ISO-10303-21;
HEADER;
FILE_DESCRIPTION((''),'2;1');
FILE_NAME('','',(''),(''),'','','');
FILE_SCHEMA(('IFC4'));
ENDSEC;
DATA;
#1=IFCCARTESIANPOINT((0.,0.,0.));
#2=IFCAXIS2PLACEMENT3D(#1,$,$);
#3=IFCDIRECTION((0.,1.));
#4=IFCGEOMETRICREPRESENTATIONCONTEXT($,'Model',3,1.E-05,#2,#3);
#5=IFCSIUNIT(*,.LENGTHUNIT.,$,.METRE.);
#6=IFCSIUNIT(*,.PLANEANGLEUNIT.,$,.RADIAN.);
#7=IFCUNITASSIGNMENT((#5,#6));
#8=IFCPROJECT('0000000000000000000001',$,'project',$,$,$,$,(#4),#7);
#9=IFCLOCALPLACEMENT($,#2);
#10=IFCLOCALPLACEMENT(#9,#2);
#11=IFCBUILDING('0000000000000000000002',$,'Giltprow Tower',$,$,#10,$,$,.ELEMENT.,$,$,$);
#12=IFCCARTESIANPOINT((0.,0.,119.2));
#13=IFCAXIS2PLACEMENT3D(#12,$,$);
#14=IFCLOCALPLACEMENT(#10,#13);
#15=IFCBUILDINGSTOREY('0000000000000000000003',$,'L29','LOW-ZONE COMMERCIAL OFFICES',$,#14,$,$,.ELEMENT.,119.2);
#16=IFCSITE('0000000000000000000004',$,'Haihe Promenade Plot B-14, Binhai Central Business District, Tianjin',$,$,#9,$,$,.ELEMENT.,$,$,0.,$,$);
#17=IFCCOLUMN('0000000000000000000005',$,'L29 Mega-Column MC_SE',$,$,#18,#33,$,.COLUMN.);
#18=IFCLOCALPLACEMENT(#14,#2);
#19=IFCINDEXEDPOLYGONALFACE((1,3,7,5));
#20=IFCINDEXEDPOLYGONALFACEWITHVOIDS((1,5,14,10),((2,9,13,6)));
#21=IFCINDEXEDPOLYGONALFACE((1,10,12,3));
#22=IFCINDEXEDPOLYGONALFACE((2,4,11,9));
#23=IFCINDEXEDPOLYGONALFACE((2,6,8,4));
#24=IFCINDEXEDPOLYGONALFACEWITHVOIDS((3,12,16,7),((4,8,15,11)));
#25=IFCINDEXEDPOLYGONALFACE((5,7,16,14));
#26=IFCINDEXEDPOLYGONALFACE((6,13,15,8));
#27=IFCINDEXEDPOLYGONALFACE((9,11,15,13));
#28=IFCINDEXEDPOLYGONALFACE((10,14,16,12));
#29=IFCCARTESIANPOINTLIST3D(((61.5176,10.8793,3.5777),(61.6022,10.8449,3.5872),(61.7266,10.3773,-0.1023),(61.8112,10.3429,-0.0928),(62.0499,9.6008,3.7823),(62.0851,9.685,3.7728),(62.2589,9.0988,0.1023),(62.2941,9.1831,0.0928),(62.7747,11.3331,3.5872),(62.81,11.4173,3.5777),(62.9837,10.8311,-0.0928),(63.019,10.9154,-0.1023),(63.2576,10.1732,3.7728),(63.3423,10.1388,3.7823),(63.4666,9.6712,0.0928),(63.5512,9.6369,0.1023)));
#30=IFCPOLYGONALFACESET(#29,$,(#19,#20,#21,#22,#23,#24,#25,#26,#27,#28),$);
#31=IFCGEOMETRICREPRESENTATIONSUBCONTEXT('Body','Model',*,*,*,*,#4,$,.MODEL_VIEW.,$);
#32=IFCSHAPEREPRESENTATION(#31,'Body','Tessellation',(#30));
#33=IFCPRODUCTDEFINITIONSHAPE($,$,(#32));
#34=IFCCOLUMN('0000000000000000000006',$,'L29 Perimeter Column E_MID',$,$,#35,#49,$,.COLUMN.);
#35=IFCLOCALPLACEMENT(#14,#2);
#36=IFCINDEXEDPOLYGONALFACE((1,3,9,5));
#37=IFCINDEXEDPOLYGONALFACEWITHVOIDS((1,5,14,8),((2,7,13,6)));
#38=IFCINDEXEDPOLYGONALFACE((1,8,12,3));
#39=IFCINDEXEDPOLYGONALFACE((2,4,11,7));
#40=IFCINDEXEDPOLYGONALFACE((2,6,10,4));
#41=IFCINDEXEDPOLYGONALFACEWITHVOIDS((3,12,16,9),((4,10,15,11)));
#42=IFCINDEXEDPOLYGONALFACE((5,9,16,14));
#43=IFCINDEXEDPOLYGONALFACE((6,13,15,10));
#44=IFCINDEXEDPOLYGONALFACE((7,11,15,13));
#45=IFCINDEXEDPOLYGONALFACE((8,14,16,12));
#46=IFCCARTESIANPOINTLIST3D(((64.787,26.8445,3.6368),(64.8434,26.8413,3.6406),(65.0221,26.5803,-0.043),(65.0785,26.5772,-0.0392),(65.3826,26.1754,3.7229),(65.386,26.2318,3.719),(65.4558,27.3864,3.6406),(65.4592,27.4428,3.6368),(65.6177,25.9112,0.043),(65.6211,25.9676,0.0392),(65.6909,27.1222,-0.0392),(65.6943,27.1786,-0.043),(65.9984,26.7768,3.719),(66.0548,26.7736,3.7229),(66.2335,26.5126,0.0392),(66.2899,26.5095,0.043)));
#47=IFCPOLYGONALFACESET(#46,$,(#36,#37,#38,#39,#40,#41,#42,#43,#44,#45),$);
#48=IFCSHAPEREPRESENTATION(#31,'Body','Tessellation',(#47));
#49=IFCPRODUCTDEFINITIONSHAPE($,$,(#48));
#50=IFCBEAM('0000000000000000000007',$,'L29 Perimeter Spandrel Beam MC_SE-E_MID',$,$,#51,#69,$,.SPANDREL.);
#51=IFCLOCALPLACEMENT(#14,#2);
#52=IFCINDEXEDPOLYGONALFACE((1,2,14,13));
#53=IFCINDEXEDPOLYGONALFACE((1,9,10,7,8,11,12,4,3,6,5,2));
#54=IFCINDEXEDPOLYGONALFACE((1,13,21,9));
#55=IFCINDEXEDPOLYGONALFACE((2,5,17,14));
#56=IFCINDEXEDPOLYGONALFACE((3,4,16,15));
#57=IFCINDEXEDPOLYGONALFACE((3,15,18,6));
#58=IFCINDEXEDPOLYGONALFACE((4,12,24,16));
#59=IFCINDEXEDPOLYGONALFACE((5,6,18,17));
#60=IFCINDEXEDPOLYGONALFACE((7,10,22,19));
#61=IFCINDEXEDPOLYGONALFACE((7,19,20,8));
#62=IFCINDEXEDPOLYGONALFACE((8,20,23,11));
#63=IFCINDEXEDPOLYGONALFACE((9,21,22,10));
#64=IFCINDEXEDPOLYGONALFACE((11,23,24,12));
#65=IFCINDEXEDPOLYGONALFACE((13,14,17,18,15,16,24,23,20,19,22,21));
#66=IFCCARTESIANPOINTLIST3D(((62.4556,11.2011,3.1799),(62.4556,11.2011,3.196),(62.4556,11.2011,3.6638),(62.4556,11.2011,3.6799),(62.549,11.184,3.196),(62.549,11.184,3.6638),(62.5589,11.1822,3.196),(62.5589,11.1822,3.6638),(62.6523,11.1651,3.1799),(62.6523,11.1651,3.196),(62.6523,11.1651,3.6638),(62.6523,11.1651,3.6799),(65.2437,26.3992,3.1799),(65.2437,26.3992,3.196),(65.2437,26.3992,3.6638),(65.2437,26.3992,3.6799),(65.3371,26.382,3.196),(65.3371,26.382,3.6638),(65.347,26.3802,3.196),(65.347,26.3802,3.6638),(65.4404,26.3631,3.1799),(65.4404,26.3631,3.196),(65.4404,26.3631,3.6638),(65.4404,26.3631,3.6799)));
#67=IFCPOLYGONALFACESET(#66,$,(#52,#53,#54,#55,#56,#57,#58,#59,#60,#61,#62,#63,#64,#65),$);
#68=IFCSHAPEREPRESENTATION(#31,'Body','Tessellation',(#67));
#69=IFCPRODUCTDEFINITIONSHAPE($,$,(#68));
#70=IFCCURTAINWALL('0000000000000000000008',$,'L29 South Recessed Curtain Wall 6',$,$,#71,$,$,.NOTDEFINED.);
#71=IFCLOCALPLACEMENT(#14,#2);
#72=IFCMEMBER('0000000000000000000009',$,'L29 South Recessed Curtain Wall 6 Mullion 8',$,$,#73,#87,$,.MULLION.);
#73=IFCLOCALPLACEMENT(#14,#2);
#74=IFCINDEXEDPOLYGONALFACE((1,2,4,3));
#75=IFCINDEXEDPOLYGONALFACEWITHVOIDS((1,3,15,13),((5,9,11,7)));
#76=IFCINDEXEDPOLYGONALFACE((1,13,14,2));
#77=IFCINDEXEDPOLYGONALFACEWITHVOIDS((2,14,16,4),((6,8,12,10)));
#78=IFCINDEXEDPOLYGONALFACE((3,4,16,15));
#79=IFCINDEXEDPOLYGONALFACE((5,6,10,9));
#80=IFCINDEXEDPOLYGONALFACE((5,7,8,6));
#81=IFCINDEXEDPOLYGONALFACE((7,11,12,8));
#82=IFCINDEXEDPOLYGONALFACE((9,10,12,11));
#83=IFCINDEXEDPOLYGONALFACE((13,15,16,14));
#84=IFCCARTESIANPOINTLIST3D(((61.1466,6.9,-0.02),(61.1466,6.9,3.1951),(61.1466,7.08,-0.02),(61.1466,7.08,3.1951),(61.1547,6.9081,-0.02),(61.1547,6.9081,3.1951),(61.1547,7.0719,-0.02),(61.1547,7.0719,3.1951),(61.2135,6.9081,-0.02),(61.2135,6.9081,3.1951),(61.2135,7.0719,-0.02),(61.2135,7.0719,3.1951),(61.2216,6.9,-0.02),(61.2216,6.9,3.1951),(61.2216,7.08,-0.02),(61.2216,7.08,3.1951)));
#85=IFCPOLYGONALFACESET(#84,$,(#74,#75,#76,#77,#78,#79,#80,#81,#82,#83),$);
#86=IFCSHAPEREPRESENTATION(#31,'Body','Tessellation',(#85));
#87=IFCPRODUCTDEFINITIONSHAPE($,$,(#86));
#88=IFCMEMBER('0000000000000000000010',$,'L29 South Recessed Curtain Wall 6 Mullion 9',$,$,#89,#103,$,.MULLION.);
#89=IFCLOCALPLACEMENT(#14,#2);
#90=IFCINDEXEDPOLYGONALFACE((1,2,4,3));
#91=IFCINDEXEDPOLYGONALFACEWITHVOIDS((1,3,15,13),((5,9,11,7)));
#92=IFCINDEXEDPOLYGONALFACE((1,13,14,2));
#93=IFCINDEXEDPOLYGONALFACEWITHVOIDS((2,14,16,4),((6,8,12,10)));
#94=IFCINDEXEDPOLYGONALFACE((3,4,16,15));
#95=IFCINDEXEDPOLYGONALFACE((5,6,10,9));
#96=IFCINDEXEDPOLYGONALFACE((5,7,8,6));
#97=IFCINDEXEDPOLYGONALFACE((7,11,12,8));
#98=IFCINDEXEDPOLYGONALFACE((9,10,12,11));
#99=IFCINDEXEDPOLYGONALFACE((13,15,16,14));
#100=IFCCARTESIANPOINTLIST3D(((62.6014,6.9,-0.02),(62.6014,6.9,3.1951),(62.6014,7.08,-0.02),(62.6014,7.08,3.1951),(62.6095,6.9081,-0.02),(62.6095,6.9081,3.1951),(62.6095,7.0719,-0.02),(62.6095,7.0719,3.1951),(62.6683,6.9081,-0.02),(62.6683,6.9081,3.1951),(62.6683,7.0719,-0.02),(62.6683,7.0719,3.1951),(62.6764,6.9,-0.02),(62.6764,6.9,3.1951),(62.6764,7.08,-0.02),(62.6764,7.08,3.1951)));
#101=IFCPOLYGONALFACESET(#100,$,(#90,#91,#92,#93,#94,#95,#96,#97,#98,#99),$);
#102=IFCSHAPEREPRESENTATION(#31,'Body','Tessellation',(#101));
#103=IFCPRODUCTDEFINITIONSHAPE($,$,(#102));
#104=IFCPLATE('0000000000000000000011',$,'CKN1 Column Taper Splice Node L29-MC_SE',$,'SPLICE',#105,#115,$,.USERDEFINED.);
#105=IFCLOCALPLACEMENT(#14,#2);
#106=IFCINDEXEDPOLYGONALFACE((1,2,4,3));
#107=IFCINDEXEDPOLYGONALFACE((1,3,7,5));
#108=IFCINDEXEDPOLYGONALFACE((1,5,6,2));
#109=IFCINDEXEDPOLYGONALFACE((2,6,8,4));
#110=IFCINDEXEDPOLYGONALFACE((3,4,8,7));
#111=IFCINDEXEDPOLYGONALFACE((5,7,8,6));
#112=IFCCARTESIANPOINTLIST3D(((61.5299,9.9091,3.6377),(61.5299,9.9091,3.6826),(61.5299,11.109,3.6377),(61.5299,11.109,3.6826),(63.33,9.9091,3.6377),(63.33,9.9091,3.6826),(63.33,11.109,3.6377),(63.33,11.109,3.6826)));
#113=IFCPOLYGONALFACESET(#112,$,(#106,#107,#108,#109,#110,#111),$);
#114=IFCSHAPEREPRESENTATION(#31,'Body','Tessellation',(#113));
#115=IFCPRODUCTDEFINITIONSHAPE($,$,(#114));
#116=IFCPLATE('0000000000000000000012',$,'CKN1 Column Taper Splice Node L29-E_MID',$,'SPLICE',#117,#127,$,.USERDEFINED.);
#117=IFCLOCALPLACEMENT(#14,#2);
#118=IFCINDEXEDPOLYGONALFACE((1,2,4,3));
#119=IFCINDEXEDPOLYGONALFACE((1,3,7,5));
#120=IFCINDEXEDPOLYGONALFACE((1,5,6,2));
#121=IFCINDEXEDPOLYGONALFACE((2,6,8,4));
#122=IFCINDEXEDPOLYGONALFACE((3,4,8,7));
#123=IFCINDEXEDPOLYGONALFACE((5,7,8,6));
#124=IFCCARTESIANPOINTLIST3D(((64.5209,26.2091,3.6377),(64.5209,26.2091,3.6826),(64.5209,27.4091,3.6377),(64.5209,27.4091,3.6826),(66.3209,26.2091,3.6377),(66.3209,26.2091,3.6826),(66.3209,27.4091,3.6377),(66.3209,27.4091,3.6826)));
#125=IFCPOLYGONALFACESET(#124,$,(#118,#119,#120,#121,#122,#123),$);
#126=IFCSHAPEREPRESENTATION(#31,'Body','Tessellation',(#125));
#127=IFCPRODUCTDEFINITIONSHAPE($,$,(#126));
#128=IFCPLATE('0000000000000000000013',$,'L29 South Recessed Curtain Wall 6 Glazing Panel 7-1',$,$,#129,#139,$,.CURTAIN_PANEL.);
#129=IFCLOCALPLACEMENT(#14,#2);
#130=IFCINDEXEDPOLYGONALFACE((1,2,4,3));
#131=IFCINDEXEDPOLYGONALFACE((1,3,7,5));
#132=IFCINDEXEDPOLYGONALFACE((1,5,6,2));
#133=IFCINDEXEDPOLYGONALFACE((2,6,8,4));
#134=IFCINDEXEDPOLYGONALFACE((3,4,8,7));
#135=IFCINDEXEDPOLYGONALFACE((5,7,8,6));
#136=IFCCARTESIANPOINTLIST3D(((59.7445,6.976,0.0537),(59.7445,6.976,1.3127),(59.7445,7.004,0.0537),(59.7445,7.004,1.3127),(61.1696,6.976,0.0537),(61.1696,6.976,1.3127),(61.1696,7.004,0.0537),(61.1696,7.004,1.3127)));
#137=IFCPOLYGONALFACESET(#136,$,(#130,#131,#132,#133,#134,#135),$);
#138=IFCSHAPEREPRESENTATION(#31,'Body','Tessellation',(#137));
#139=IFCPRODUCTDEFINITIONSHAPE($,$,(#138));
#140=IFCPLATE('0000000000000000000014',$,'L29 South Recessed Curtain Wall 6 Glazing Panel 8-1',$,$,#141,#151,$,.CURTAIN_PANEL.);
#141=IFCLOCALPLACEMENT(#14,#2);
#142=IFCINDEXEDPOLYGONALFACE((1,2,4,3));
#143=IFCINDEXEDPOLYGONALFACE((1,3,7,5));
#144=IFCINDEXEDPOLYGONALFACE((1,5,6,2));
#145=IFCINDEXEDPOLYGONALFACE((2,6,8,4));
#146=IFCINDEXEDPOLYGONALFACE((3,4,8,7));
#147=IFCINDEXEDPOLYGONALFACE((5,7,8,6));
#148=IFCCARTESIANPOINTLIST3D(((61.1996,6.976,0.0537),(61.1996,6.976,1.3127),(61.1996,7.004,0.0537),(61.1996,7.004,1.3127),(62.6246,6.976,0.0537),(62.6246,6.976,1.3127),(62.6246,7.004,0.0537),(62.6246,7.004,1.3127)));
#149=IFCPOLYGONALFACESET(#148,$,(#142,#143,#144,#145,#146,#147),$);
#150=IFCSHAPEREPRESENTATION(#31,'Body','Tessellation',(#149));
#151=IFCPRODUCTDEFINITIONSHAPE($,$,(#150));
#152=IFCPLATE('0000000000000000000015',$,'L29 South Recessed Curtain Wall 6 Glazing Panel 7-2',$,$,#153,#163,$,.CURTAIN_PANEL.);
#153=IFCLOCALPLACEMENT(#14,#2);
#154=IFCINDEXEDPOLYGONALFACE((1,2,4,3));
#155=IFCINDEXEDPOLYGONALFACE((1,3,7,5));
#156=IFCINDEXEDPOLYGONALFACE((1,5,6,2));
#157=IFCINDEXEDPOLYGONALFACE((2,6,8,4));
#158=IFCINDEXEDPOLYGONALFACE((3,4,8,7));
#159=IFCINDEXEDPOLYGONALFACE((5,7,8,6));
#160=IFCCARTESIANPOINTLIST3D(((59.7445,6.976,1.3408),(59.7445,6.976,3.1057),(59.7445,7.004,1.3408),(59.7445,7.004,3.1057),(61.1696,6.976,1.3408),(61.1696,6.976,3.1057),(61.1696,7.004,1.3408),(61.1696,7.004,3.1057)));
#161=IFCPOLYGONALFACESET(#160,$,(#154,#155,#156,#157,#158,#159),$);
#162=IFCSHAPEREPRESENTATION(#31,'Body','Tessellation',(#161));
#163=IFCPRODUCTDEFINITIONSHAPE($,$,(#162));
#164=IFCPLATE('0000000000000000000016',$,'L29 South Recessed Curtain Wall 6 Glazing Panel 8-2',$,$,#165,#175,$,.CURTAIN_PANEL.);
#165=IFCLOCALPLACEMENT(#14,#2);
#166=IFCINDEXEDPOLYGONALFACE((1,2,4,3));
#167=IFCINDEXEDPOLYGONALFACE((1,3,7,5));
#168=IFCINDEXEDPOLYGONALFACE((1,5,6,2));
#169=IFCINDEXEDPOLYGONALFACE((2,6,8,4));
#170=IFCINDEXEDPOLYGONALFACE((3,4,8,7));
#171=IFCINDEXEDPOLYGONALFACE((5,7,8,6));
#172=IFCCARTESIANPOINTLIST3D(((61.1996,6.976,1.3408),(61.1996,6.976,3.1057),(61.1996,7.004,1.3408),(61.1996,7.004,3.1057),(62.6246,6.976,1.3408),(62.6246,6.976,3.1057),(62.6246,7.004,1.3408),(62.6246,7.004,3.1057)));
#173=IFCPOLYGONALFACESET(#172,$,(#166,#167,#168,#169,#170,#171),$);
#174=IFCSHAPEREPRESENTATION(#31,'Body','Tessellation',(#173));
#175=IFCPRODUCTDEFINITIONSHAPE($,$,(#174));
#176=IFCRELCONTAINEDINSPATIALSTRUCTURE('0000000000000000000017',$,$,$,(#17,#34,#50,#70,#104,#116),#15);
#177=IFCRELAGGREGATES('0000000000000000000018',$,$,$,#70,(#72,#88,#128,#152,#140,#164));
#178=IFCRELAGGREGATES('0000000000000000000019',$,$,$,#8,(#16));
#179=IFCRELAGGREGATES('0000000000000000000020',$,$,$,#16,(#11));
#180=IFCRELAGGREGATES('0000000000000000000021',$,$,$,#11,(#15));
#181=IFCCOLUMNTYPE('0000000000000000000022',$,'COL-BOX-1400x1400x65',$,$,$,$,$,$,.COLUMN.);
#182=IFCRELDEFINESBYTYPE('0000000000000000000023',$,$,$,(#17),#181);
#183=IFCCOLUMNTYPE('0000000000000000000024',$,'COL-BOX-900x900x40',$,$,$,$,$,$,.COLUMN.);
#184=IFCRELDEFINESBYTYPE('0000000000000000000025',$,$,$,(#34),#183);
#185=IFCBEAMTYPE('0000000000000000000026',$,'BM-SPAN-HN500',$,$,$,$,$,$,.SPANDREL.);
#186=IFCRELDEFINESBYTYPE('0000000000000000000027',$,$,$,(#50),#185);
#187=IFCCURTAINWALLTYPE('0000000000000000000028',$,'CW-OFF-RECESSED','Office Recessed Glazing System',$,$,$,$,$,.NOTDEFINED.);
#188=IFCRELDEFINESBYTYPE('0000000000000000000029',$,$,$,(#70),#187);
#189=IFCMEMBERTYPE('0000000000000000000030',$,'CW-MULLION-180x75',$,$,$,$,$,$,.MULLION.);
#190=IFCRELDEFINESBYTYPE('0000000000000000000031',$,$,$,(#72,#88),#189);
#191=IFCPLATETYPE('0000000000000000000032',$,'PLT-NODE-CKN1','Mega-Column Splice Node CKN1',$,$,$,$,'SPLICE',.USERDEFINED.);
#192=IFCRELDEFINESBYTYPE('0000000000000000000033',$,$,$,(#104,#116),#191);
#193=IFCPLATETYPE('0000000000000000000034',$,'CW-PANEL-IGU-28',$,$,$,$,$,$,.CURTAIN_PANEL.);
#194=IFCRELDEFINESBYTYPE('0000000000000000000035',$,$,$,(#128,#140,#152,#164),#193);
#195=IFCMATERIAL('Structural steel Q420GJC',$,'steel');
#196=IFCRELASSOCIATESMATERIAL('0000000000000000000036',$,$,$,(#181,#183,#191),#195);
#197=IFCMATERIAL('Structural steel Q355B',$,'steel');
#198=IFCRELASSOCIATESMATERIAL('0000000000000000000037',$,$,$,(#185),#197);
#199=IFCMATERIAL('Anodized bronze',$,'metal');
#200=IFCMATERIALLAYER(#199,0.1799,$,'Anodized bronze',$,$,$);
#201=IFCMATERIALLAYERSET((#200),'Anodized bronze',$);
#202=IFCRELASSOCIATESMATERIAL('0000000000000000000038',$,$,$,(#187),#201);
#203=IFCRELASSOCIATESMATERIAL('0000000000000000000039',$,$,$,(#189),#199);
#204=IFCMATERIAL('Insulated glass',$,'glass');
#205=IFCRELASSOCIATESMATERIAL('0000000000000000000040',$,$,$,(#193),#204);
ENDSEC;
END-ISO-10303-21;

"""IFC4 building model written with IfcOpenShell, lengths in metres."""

from ifc_helpers import new_model, si_unit, direction, frame, origin, origin_2d, place, context, subcontext, project, spatial, rectangle, hollow_rectangle, i_section, extrude, source, transform, mapped, material, layer, layer_set, material_profile, profile_set, type_object, element, aggregate, save


model = new_model("IFC4")

# Units and contexts
model_context = context("Model", 3, precision=1e-05, world=origin(), true_north=direction((0.0, 1.0)))
body_context = subcontext(model_context, "Body", "Model", "MODEL_VIEW")
ifc_project = project(units=[si_unit("LENGTHUNIT", "METRE"), si_unit("PLANEANGLEUNIT", "RADIAN")], contexts=[model_context])

# Site, building, storey
site_placement = place(None, origin())
site = spatial("IfcSite", under=ifc_project, at=site_placement, Name="Haihe Promenade Plot B-14, Binhai Central Business District, Tianjin", CompositionType="ELEMENT", RefElevation=0.0)
building_placement = place(site_placement, origin())
building = spatial("IfcBuilding", under=site, at=building_placement, Name="Giltprow Tower", CompositionType="ELEMENT")
storey_placement = place(building_placement, frame((0.0, 0.0, 119.2)))
storey = spatial("IfcBuildingStorey", under=building, at=storey_placement, Name="L29", Description="LOW-ZONE COMMERCIAL OFFICES", CompositionType="ELEMENT", Elevation=119.2)

# Columns
ifc_material_1 = material(Name="Structural steel Q420GJC", Category="steel")
ifc_material_profile_1 = material_profile(ifc_material_1, hollow_rectangle(XDim=1.3999, YDim=1.3999, WallThickness=0.0649, at=origin_2d()), Name="BOX 1400x1400x65")
ifc_profile_set_1 = profile_set([ifc_material_profile_1], Name="Structural steel Q420GJC")
column_type_1 = type_object("IfcColumnType", Name="COL-BOX-1400x1400x65", PredefinedType="COLUMN", material=ifc_profile_set_1)
shared_shape_1 = source(origin(), body_context, "Body", "SweptSolid", [
    extrude(hollow_rectangle(XDim=1.3999, YDim=1.3999, WallThickness=0.0649, at=origin_2d()), origin(), (0.0, 0.0, 1.0), 3.72),
])
column_1_placement = place(storey_placement, frame((62.6389, 10.0071, 0.0), z_axis=(-0.05618, 0.134938, 0.98926), x_axis=(-0.923183, -0.38436, 0.0)))
element("IfcColumn", 1, at=column_1_placement, inside=storey, type_object=column_type_1, Name="L29 Mega-Column MC_SE", PredefinedType="COLUMN", context=body_context, shape_type="MappedRepresentation", body=[
    mapped(shared_shape_1, transform((0.0, 0.0, 0.0), x_axis=(1.0, 0.0, 0.0), y_axis=(0.0, 1.0, 0.0), z_axis=(0.0, 0.0, 1.0), scale=1.0)),
])
ifc_material_profile_2 = material_profile(ifc_material_1, hollow_rectangle(XDim=0.8999, YDim=0.8999, WallThickness=0.04, at=origin_2d()), Name="BOX 900x900x40")
ifc_profile_set_2 = profile_set([ifc_material_profile_2], Name="Structural steel Q420GJC")
column_type_2 = type_object("IfcColumnType", Name="COL-BOX-900x900x40", PredefinedType="COLUMN", material=ifc_profile_set_2)
shared_shape_2 = source(origin(), body_context, "Body", "SweptSolid", [
    extrude(hollow_rectangle(XDim=0.8999, YDim=0.8999, WallThickness=0.04, at=origin_2d()), origin(), (0.0, 0.0, 1.0), 3.6968),
])
column_2_placement = place(storey_placement, frame((65.656, 26.5449, 0.0), z_axis=(-0.063596, 0.071455, 0.995414), x_axis=(-0.74699, -0.664835, 0.0)))
element("IfcColumn", 2, at=column_2_placement, inside=storey, type_object=column_type_2, Name="L29 Perimeter Column E_MID", PredefinedType="COLUMN", context=body_context, shape_type="MappedRepresentation", body=[
    mapped(shared_shape_2, transform((0.0, 0.0, 0.0), x_axis=(1.0, 0.0, 0.0), y_axis=(0.0, 1.0, 0.0), z_axis=(0.0, 0.0, 1.0), scale=1.0)),
])

# Beam
ifc_material_2 = material(Name="Structural steel Q355B", Category="steel")
ifc_material_profile_3 = material_profile(ifc_material_2, i_section(OverallWidth=0.2, OverallDepth=0.5, WebThickness=0.01, FlangeThickness=0.0161, at=origin_2d()), Name="HN 500x200x10x16")
ifc_profile_set_3 = profile_set([ifc_material_profile_3], Name="Structural steel Q355B")
beam_type = type_object("IfcBeamType", Name="BM-SPAN-HN500", PredefinedType="SPANDREL", material=ifc_profile_set_3)
shared_shape_3 = source(origin(), body_context, "Body", "SweptSolid", [
    extrude(i_section(OverallWidth=0.2, OverallDepth=0.5, WebThickness=0.01, FlangeThickness=0.0161, at=origin_2d()), origin(), (0.0, 0.0, 1.0), 15.4517),
])
beam_placement = place(storey_placement, frame((62.554, 11.1831, 3.4299), z_axis=(0.18044, 0.983586, 0.0), x_axis=(-0.983586, 0.18044, 0.0)))
element("IfcBeam", 3, at=beam_placement, inside=storey, type_object=beam_type, Name="L29 Perimeter Spandrel Beam MC_SE-E_MID", PredefinedType="SPANDREL", context=body_context, shape_type="MappedRepresentation", body=[
    mapped(shared_shape_3, transform((0.0, 0.0, 0.0), x_axis=(1.0, 0.0, 0.0), y_axis=(0.0, 1.0, 0.0), z_axis=(0.0, 0.0, 1.0), scale=1.0)),
])

# Curtain wall, members
ifc_material_3 = material(Name="Anodized bronze", Category="metal")
ifc_layer_1 = layer(ifc_material_3, 0.1799, Name="Anodized bronze")
ifc_layer_set_1 = layer_set([ifc_layer_1], Name="Anodized bronze")
curtain_wall_type = type_object("IfcCurtainWallType", Name="CW-OFF-RECESSED", Description="Office Recessed Glazing System", PredefinedType="NOTDEFINED", material=ifc_layer_set_1)
curtain_wall_placement = place(storey_placement, origin())
curtain_wall = element("IfcCurtainWall", 4, at=curtain_wall_placement, inside=storey, type_object=curtain_wall_type, Name="L29 South Recessed Curtain Wall 6", PredefinedType="NOTDEFINED")
ifc_material_profile_4 = material_profile(ifc_material_3, hollow_rectangle(XDim=0.075, YDim=0.1799, WallThickness=0.0081, at=origin_2d()), Name="RHS 180x75x8")
ifc_profile_set_4 = profile_set([ifc_material_profile_4], Name="Anodized bronze")
member_type = type_object("IfcMemberType", Name="CW-MULLION-180x75", PredefinedType="MULLION", material=ifc_profile_set_4)
shared_shape_4 = source(origin(), body_context, "Body", "SweptSolid", [
    extrude(hollow_rectangle(XDim=0.075, YDim=0.1799, WallThickness=0.0081, at=origin_2d()), origin(), (0.0, 0.0, 1.0), 3.2151),
])
member_1_placement = place(storey_placement, frame((61.1841, 6.99, -0.02), z_axis=(0.0, 0.0, 1.0), x_axis=(1.0, 0.0, 0.0)))
member_1 = element("IfcMember", 5, at=member_1_placement, type_object=member_type, Name="L29 South Recessed Curtain Wall 6 Mullion 8", PredefinedType="MULLION", context=body_context, shape_type="MappedRepresentation", body=[
    mapped(shared_shape_4, transform((0.0, 0.0, 0.0), x_axis=(1.0, 0.0, 0.0), y_axis=(0.0, 1.0, 0.0), z_axis=(0.0, 0.0, 1.0), scale=1.0)),
])
member_2_placement = place(storey_placement, frame((62.6389, 6.99, -0.02), z_axis=(0.0, 0.0, 1.0), x_axis=(1.0, 0.0, 0.0)))
member_2 = element("IfcMember", 6, at=member_2_placement, type_object=member_type, Name="L29 South Recessed Curtain Wall 6 Mullion 9", PredefinedType="MULLION", context=body_context, shape_type="MappedRepresentation", body=[
    mapped(shared_shape_4, transform((0.0, 0.0, 0.0), x_axis=(1.0, 0.0, 0.0), y_axis=(0.0, 1.0, 0.0), z_axis=(0.0, 0.0, 1.0), scale=1.0)),
])

# Plates
plate_type_1 = type_object("IfcPlateType", Name="PLT-NODE-CKN1", Description="Mega-Column Splice Node CKN1", ElementType="SPLICE", PredefinedType="USERDEFINED", material=ifc_material_1)
shared_shape_5 = source(origin(), body_context, "Body", "SweptSolid", [
    extrude(rectangle(XDim=1.8, YDim=1.2, at=origin_2d()), origin(), (0.0, 0.0, 1.0), 0.0449),
])
for number, where, z_axis, x_axis, name in (
    (7, (62.4299, 10.509, 3.6377), (0.0, 0.0, 1.0), (1.0, 0.0, 0.0), "CKN1 Column Taper Splice Node L29-MC_SE"),
    (8, (65.4209, 26.8091, 3.6377), (0.0, 0.0, 1.0), (1.0, 0.0, 0.0), "CKN1 Column Taper Splice Node L29-E_MID"),
):
    element("IfcPlate", number, at=place(storey_placement, frame(where, z_axis=z_axis, x_axis=x_axis)), inside=storey, type_object=plate_type_1, Name=name, ObjectType="SPLICE", PredefinedType="USERDEFINED", context=body_context, shape_type="MappedRepresentation", body=[
        mapped(shared_shape_5, transform((0.0, 0.0, 0.0), x_axis=(1.0, 0.0, 0.0), y_axis=(0.0, 1.0, 0.0), z_axis=(0.0, 0.0, 1.0), scale=1.0)),
    ])

# Plates
ifc_material_4 = material(Name="Insulated glass", Category="glass")
plate_type_2 = type_object("IfcPlateType", Name="CW-PANEL-IGU-28", PredefinedType="CURTAIN_PANEL", material=ifc_material_4)
shared_shape_6 = source(origin(), body_context, "Body", "SweptSolid", [
    extrude(rectangle(XDim=1.425, YDim=0.0281, at=origin_2d()), origin(), (0.0, 0.0, 1.0), 1.259),
])
plate_1_placement = place(storey_placement, frame((60.457, 6.99, 0.0537), z_axis=(0.0, 0.0, 1.0), x_axis=(1.0, 0.0, 0.0)))
plate_1 = element("IfcPlate", 9, at=plate_1_placement, type_object=plate_type_2, Name="L29 South Recessed Curtain Wall 6 Glazing Panel 7-1", PredefinedType="CURTAIN_PANEL", context=body_context, shape_type="MappedRepresentation", body=[
    mapped(shared_shape_6, transform((0.0, 0.0, 0.0), x_axis=(1.0, 0.0, 0.0), y_axis=(0.0, 1.0, 0.0), z_axis=(0.0, 0.0, 1.0), scale=1.0)),
])
plate_2_placement = place(storey_placement, frame((61.9121, 6.99, 0.0537), z_axis=(0.0, 0.0, 1.0), x_axis=(1.0, 0.0, 0.0)))
plate_2 = element("IfcPlate", 10, at=plate_2_placement, type_object=plate_type_2, Name="L29 South Recessed Curtain Wall 6 Glazing Panel 8-1", PredefinedType="CURTAIN_PANEL", context=body_context, shape_type="MappedRepresentation", body=[
    mapped(shared_shape_6, transform((0.0, 0.0, 0.0), x_axis=(1.0, 0.0, 0.0), y_axis=(0.0, 1.0, 0.0), z_axis=(0.0, 0.0, 1.0), scale=1.0)),
])
shared_shape_7 = source(origin(), body_context, "Body", "SweptSolid", [
    extrude(rectangle(XDim=1.425, YDim=0.0281, at=origin_2d()), origin(), (0.0, 0.0, 1.0), 1.7649),
])
plate_3_placement = place(storey_placement, frame((60.457, 6.99, 1.3408), z_axis=(0.0, 0.0, 1.0), x_axis=(1.0, 0.0, 0.0)))
plate_3 = element("IfcPlate", 11, at=plate_3_placement, type_object=plate_type_2, Name="L29 South Recessed Curtain Wall 6 Glazing Panel 7-2", PredefinedType="CURTAIN_PANEL", context=body_context, shape_type="MappedRepresentation", body=[
    mapped(shared_shape_7, transform((0.0, 0.0, 0.0), x_axis=(1.0, 0.0, 0.0), y_axis=(0.0, 1.0, 0.0), z_axis=(0.0, 0.0, 1.0), scale=1.0)),
])
plate_4_placement = place(storey_placement, frame((61.9121, 6.99, 1.3408), z_axis=(0.0, 0.0, 1.0), x_axis=(1.0, 0.0, 0.0)))
plate_4 = element("IfcPlate", 12, at=plate_4_placement, type_object=plate_type_2, Name="L29 South Recessed Curtain Wall 6 Glazing Panel 8-2", PredefinedType="CURTAIN_PANEL", context=body_context, shape_type="MappedRepresentation", body=[
    mapped(shared_shape_7, transform((0.0, 0.0, 0.0), x_axis=(1.0, 0.0, 0.0), y_axis=(0.0, 1.0, 0.0), z_axis=(0.0, 0.0, 1.0), scale=1.0)),
])
aggregate(curtain_wall, [member_1, member_2, plate_1, plate_3, plate_2, plate_4])

save(model, "model.ifc")
